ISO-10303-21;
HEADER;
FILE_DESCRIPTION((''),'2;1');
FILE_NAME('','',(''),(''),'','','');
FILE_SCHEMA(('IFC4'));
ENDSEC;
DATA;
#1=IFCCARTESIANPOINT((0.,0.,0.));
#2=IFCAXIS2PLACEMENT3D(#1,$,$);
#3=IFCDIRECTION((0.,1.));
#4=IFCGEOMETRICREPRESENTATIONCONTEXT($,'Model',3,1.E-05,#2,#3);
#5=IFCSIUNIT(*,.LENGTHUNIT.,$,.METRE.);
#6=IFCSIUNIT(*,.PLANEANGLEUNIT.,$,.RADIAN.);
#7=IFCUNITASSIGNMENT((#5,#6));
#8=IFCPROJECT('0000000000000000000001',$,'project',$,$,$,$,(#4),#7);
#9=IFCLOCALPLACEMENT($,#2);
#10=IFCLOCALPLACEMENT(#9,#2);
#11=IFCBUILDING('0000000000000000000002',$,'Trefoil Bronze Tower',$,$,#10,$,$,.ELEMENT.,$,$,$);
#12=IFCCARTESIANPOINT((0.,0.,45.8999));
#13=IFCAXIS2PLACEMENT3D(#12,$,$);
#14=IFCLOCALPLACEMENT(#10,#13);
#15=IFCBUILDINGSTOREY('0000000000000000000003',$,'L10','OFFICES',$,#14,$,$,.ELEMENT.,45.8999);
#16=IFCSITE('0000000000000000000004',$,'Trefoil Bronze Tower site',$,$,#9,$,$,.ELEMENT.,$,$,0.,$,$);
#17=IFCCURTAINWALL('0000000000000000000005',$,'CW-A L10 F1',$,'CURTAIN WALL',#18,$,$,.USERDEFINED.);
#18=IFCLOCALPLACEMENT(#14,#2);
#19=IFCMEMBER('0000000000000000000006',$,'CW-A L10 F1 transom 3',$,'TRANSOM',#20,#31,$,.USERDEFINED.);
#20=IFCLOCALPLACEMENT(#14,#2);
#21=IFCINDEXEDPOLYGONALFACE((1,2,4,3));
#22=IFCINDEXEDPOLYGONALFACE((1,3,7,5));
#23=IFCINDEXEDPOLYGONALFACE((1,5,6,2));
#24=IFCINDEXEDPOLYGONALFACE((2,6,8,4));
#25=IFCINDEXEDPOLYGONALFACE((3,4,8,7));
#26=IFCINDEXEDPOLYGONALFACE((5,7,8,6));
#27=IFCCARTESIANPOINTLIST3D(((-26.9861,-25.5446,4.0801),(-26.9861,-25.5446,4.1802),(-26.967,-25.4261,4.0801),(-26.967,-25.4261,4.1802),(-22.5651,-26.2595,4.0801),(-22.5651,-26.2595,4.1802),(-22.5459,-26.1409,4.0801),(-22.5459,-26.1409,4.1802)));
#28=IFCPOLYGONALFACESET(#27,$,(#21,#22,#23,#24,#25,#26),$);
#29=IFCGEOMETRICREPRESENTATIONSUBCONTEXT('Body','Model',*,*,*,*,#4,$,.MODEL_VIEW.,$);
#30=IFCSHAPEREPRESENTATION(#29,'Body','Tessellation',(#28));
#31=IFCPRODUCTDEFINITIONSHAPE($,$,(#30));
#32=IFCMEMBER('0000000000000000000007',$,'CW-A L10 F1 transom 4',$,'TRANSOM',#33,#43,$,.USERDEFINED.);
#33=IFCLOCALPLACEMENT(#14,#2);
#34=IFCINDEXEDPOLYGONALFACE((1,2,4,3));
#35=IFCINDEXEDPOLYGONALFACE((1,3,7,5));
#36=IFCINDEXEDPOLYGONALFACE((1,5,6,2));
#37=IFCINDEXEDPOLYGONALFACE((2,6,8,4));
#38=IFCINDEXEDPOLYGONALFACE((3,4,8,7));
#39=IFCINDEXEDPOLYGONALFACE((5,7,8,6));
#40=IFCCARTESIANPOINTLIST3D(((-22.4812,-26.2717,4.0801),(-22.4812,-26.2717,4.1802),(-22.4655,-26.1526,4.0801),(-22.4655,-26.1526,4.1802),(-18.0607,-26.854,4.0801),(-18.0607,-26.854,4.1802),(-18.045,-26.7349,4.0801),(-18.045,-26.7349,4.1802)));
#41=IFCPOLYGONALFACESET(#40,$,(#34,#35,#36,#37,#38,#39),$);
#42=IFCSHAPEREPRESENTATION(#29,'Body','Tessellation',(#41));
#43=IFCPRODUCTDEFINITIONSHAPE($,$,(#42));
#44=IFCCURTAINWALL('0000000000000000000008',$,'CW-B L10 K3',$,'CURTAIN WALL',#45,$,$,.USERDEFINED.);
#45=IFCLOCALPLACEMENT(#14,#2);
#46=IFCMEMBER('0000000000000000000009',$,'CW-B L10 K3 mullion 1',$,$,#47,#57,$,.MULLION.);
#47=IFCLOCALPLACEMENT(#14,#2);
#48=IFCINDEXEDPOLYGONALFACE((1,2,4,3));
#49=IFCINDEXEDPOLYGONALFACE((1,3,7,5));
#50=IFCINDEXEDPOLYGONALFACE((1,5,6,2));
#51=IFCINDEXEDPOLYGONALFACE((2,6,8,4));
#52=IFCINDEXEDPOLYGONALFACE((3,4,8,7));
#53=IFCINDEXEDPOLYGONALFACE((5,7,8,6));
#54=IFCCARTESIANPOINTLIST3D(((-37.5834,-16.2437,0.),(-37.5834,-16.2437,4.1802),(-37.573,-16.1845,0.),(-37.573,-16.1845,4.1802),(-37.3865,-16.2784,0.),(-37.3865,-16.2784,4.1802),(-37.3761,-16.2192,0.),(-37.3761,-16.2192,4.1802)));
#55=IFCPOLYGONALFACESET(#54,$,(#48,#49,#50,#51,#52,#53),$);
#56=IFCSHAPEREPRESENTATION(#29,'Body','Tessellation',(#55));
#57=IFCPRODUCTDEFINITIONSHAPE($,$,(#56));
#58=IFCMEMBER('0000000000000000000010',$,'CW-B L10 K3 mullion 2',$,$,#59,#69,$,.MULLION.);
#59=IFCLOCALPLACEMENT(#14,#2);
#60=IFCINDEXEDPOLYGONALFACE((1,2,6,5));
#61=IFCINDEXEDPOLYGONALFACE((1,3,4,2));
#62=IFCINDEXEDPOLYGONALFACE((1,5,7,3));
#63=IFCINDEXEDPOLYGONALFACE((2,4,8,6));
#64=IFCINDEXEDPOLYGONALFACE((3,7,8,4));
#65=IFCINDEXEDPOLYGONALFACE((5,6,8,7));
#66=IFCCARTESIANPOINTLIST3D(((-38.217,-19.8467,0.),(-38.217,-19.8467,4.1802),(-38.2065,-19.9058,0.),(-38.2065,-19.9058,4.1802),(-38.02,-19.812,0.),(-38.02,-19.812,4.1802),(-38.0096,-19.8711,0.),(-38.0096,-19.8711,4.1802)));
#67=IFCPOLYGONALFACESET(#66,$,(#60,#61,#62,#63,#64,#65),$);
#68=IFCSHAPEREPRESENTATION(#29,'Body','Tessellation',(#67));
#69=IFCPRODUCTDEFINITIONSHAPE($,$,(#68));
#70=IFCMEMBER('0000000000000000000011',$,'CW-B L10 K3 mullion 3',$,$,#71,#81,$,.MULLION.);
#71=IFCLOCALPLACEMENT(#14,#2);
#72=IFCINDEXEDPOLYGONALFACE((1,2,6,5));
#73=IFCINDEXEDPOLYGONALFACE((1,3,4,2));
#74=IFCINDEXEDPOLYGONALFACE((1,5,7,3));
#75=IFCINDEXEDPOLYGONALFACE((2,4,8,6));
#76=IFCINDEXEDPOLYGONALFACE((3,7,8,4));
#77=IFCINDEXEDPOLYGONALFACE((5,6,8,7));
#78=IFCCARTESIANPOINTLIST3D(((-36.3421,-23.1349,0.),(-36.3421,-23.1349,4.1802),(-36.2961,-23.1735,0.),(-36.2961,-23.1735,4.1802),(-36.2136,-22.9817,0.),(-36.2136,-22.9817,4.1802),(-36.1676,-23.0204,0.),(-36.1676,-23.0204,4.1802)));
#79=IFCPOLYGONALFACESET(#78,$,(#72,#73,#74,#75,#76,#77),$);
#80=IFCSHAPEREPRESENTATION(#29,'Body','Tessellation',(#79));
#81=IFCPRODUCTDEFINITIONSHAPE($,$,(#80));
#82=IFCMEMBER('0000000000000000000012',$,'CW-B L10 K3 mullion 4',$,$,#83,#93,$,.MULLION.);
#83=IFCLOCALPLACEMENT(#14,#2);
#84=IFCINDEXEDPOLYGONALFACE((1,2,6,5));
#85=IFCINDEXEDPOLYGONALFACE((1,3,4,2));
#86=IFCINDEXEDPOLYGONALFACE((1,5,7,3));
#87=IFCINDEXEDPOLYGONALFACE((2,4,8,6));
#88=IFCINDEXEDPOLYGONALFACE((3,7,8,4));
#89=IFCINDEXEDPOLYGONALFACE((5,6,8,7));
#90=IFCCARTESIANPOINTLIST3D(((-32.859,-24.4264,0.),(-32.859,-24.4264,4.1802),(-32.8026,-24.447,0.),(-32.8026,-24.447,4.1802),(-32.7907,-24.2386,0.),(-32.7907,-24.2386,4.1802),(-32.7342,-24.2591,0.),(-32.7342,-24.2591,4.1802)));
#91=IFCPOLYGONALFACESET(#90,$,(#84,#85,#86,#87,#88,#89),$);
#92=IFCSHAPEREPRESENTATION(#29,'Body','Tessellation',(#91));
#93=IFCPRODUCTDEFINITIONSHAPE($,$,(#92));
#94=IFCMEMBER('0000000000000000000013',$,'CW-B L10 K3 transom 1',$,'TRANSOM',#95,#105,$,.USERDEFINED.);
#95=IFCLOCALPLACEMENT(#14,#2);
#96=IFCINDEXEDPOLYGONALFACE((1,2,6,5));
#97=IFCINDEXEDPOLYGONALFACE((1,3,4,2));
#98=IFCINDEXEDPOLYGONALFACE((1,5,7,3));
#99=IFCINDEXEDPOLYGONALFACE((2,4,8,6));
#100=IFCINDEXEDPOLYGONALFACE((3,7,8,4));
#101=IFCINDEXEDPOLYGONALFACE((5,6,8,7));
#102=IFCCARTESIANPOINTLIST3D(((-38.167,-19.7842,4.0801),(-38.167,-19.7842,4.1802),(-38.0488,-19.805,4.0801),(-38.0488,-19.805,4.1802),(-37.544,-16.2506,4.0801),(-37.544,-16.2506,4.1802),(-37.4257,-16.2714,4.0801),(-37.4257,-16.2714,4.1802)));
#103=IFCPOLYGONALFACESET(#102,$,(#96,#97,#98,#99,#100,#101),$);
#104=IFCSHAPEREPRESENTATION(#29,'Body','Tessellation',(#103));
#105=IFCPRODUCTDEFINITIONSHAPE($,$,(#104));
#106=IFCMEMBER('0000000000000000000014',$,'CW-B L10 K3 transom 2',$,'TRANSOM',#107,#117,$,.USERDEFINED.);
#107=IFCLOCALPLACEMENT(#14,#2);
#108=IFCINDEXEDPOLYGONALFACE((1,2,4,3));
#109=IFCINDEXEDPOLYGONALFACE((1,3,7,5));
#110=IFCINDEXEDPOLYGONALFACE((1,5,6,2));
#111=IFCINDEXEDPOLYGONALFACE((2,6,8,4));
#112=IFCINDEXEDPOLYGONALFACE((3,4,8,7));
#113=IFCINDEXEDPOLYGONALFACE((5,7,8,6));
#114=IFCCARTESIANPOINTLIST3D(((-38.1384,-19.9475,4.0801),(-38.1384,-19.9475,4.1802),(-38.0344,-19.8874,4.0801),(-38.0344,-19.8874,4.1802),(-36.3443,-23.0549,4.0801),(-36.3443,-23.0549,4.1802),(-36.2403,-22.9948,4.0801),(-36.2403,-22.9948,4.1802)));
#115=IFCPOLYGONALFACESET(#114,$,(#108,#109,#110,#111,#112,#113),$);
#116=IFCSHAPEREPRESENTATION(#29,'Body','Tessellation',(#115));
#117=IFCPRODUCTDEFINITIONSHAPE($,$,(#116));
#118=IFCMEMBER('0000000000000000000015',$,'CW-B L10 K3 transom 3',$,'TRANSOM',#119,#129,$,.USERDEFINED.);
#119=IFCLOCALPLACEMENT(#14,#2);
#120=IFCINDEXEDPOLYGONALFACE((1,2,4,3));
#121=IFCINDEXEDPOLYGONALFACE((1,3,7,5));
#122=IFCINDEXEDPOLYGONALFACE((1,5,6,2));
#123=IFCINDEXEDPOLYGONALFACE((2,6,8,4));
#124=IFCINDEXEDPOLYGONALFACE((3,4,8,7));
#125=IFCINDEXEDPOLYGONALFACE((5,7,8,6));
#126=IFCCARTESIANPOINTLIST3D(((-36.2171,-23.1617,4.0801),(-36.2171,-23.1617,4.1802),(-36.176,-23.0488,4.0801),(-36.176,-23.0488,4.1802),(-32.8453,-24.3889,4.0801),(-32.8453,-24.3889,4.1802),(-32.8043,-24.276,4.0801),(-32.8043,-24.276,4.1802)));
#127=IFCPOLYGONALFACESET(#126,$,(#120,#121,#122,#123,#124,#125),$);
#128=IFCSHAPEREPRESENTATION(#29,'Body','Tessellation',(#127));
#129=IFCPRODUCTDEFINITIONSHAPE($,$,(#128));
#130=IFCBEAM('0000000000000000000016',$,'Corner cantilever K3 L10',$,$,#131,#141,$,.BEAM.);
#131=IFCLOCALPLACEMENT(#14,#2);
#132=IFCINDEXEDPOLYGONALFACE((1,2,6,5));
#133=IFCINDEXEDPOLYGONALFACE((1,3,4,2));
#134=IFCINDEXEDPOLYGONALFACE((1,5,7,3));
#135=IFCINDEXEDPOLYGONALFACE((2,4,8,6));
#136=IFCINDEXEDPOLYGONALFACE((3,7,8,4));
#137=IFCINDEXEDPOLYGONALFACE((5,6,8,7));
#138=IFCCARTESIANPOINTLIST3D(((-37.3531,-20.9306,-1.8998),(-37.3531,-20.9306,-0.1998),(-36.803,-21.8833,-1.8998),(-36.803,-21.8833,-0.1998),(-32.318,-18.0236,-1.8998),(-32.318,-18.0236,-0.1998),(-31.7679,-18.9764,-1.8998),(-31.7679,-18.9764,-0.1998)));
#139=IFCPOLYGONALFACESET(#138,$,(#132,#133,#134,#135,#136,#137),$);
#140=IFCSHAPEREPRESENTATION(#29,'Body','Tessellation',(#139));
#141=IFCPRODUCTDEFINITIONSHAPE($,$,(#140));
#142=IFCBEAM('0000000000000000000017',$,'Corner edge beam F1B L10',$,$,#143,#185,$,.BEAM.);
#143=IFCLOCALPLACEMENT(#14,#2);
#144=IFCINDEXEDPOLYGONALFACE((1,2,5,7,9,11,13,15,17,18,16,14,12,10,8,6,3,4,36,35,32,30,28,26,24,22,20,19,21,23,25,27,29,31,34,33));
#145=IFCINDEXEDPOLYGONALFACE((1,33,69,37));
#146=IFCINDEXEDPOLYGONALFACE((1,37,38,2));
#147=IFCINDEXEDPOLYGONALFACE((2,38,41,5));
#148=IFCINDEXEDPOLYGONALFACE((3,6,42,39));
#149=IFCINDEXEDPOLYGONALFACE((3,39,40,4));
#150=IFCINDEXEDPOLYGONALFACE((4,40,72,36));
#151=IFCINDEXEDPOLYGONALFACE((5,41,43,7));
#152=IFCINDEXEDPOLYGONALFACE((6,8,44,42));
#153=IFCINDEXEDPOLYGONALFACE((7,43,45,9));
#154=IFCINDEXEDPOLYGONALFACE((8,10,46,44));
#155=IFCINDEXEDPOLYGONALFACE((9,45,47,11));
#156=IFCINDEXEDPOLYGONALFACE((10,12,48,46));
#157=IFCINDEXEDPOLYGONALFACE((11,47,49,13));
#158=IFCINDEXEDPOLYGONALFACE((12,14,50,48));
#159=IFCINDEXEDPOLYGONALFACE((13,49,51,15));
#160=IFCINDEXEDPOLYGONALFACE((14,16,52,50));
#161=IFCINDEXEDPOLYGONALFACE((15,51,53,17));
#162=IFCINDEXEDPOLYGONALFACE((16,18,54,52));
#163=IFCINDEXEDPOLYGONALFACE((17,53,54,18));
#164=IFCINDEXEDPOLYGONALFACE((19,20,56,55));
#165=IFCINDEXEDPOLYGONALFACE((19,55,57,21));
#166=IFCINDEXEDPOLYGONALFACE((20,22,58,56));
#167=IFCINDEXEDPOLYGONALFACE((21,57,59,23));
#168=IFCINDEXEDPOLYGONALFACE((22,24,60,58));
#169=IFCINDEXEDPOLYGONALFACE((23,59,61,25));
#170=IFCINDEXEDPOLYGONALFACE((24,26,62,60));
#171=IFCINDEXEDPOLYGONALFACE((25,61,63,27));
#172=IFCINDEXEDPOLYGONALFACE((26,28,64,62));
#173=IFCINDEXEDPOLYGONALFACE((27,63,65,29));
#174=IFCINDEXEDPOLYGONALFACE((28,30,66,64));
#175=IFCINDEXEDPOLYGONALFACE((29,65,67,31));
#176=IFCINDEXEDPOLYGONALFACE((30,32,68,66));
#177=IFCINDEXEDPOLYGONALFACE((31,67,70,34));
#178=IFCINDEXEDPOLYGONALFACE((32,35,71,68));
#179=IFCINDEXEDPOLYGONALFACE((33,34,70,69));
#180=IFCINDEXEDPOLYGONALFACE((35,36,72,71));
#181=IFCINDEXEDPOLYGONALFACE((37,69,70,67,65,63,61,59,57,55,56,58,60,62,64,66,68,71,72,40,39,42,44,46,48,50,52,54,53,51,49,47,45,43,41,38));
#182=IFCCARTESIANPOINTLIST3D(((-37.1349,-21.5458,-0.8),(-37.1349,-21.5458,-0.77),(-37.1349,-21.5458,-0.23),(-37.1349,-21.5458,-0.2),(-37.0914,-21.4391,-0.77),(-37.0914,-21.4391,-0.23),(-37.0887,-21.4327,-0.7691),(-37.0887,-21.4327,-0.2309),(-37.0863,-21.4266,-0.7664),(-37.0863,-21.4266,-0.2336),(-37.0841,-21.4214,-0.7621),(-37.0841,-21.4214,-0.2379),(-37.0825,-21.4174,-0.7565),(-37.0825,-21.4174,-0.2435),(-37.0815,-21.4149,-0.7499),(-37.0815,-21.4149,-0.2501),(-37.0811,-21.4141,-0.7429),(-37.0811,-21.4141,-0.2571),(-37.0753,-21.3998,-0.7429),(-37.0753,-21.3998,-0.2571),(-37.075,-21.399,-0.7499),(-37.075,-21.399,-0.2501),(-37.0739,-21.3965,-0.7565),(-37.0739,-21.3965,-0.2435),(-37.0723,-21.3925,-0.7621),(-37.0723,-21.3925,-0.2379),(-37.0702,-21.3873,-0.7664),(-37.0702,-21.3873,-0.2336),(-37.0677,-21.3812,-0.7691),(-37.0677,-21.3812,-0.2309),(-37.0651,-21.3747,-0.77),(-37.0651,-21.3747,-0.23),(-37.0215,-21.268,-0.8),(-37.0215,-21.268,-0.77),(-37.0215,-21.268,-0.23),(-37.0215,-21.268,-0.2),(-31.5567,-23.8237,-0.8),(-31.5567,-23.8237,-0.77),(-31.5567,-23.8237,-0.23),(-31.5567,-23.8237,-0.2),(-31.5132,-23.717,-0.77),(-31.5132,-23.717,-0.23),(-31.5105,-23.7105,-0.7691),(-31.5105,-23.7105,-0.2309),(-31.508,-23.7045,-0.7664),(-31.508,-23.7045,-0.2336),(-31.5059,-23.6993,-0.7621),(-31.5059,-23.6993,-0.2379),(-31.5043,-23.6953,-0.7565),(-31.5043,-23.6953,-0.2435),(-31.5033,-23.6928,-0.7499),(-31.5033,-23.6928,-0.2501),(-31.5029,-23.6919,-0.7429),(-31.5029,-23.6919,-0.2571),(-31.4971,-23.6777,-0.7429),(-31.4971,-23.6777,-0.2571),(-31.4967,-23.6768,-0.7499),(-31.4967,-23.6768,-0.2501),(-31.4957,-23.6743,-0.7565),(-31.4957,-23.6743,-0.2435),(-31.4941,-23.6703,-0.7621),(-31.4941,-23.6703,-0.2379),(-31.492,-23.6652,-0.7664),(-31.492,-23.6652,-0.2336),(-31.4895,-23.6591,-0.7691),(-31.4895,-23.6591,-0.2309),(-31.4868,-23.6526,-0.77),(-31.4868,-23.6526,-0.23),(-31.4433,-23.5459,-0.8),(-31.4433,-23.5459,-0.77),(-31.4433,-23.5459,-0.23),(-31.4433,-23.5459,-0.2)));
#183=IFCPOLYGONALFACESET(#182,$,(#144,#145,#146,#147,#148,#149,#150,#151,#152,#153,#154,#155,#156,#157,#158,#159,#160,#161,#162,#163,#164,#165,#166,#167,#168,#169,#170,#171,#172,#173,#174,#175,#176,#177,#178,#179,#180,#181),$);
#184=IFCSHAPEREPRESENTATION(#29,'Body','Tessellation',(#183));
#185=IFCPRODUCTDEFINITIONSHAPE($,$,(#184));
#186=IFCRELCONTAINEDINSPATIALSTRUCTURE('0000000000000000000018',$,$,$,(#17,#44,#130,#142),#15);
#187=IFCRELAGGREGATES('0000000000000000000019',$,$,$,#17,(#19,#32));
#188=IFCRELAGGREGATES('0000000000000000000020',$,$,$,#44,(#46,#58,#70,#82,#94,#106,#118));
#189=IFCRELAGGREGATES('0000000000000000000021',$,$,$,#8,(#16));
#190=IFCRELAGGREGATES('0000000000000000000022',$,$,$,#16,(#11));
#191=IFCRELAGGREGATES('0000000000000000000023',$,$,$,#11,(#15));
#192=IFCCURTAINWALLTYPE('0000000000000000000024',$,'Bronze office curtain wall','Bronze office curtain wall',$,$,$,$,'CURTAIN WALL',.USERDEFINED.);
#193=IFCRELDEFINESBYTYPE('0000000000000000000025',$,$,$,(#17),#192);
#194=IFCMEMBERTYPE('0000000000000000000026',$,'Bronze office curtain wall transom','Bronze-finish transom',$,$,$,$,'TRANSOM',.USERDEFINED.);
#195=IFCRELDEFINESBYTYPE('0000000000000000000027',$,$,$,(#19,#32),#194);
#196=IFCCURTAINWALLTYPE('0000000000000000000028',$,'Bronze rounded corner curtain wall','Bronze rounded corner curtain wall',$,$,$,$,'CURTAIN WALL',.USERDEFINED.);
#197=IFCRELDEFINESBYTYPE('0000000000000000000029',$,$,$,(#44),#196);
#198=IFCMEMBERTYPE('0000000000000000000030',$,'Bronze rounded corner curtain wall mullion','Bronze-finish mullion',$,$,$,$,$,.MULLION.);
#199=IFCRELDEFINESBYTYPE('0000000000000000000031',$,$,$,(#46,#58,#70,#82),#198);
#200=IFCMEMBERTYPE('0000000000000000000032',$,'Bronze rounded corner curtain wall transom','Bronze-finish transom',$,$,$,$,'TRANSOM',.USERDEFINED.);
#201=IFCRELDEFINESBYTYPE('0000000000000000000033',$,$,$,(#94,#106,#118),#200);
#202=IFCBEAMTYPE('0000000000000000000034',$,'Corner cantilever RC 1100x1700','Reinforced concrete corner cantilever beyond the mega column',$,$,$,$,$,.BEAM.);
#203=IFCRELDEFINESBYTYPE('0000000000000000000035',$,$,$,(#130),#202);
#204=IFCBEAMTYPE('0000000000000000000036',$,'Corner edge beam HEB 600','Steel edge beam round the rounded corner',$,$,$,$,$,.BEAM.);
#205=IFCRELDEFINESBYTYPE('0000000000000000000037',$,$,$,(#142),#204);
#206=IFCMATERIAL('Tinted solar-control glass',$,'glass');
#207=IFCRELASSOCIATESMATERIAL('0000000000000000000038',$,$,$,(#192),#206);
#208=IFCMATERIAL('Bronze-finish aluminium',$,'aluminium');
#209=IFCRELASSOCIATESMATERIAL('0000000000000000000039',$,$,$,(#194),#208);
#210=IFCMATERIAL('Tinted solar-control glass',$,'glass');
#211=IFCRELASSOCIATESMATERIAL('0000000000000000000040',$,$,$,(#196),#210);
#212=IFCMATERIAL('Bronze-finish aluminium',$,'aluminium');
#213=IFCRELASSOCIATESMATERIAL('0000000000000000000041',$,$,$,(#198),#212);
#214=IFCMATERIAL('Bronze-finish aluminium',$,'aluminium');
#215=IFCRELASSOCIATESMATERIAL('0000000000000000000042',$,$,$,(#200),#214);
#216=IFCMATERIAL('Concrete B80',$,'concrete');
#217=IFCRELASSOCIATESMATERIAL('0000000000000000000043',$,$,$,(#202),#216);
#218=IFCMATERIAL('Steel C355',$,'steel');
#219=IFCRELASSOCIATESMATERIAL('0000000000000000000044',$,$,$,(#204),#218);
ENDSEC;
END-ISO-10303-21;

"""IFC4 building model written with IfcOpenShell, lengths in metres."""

from ifc_helpers import new_model, si_unit, direction, frame, origin, origin_2d, place, context, subcontext, project, spatial, rectangle, i_section, extrude, material, material_profile, profile_set, type_object, element, aggregate, save


model = new_model("IFC4")

# Units and contexts
model_context = context("Model", 3, precision=1e-05, world=origin(), true_north=direction((0.0, 1.0)))
body_context = subcontext(model_context, "Body", "Model", "MODEL_VIEW")
ifc_project = project(units=[si_unit("LENGTHUNIT", "METRE"), si_unit("PLANEANGLEUNIT", "RADIAN")], contexts=[model_context])

# Site, building, storey
site_placement = place(None, origin())
site = spatial("IfcSite", under=ifc_project, at=site_placement, Name="Trefoil Bronze Tower site", CompositionType="ELEMENT", RefElevation=0.0)
building_placement = place(site_placement, origin())
building = spatial("IfcBuilding", under=site, at=building_placement, Name="Trefoil Bronze Tower", CompositionType="ELEMENT")
storey_placement = place(building_placement, frame((0.0, 0.0, 45.8999)))
storey = spatial("IfcBuildingStorey", under=building, at=storey_placement, Name="L10", Description="OFFICES", CompositionType="ELEMENT", Elevation=45.8999)

# Curtain walls, members
ifc_material_1 = material(Name="Tinted solar-control glass", Category="glass")
curtain_wall_type_1 = type_object("IfcCurtainWallType", Name="Bronze office curtain wall", Description="Bronze office curtain wall", ElementType="CURTAIN WALL", PredefinedType="USERDEFINED", material=ifc_material_1)
curtain_wall_1_placement = place(storey_placement, origin())
curtain_wall_1 = element("IfcCurtainWall", 1, at=curtain_wall_1_placement, inside=storey, type_object=curtain_wall_type_1, Name="CW-A L10 F1", ObjectType="CURTAIN WALL", PredefinedType="USERDEFINED")
ifc_material_2 = material(Name="Bronze-finish aluminium", Category="aluminium")
ifc_material_profile_1 = material_profile(ifc_material_2, rectangle(XDim=0.1201, YDim=0.1001, at=origin_2d()), Name="CW-A transom")
ifc_profile_set_1 = profile_set([ifc_material_profile_1], Name="Bronze-finish aluminium")
member_type_1 = type_object("IfcMemberType", Name="Bronze office curtain wall transom", Description="Bronze-finish transom", ElementType="TRANSOM", PredefinedType="USERDEFINED", material=ifc_profile_set_1)
member_1_placement = place(storey_placement, frame((-26.9766, -25.4854, 4.1301), z_axis=(0.987179, -0.159615, 0.0), x_axis=(0.159615, 0.987179, 0.0)))
member_1 = element("IfcMember", 2, at=member_1_placement, type_object=member_type_1, Name="CW-A L10 F1 transom 3", ObjectType="TRANSOM", PredefinedType="USERDEFINED", context=body_context, shape_type="SweptSolid", body=[
    extrude(rectangle(XDim=0.1201, YDim=0.1001, at=origin_2d()), origin(), (0.0, 0.0, 1.0), 4.4785),
])
member_2_placement = place(storey_placement, frame((-22.4734, -26.2122, 4.1301), z_axis=(0.991437, -0.130589, 0.0), x_axis=(0.130589, 0.991437, 0.0)))
member_2 = element("IfcMember", 3, at=member_2_placement, type_object=member_type_1, Name="CW-A L10 F1 transom 4", ObjectType="TRANSOM", PredefinedType="USERDEFINED", context=body_context, shape_type="SweptSolid", body=[
    extrude(rectangle(XDim=0.1201, YDim=0.1001, at=origin_2d()), origin(), (0.0, 0.0, 1.0), 4.4587),
])
ifc_material_3 = material(Name="Tinted solar-control glass", Category="glass")
curtain_wall_type_2 = type_object("IfcCurtainWallType", Name="Bronze rounded corner curtain wall", Description="Bronze rounded corner curtain wall", ElementType="CURTAIN WALL", PredefinedType="USERDEFINED", material=ifc_material_3)
curtain_wall_2_placement = place(storey_placement, origin())
curtain_wall_2 = element("IfcCurtainWall", 4, at=curtain_wall_2_placement, inside=storey, type_object=curtain_wall_type_2, Name="CW-B L10 K3", ObjectType="CURTAIN WALL", PredefinedType="USERDEFINED")
ifc_material_4 = material(Name="Bronze-finish aluminium", Category="aluminium")
ifc_material_profile_2 = material_profile(ifc_material_4, rectangle(XDim=0.2, YDim=0.0601, at=origin_2d()), Name="CW-B mullion")
ifc_profile_set_2 = profile_set([ifc_material_profile_2], Name="Bronze-finish aluminium")
member_type_2 = type_object("IfcMemberType", Name="Bronze rounded corner curtain wall mullion", Description="Bronze-finish mullion", PredefinedType="MULLION", material=ifc_profile_set_2)
member_3_placement = place(storey_placement, frame((-37.4797, -16.2314, 0.0), z_axis=(0.0, 0.0, 1.0), x_axis=(0.984808, -0.173648, 0.0)))
member_3 = element("IfcMember", 5, at=member_3_placement, type_object=member_type_2, Name="CW-B L10 K3 mullion 1", PredefinedType="MULLION", context=body_context, shape_type="SweptSolid", body=[
    extrude(rectangle(XDim=0.2, YDim=0.0601, at=origin_2d()), origin(), (0.0, 0.0, 1.0), 4.1802),
])
member_4_placement = place(storey_placement, frame((-38.1133, -19.8589, 0.0), z_axis=(0.0, 0.0, 1.0), x_axis=(0.984808, 0.173648, 0.0)))
member_4 = element("IfcMember", 6, at=member_4_placement, type_object=member_type_2, Name="CW-B L10 K3 mullion 2", PredefinedType="MULLION", context=body_context, shape_type="SweptSolid", body=[
    extrude(rectangle(XDim=0.2, YDim=0.0601, at=origin_2d()), origin(), (0.0, 0.0, 1.0), 4.1802),
])
member_5_placement = place(storey_placement, frame((-36.2549, -23.0776, 0.0), z_axis=(0.0, 0.0, 1.0), x_axis=(0.642788, 0.766044, 0.0)))
member_5 = element("IfcMember", 7, at=member_5_placement, type_object=member_type_2, Name="CW-B L10 K3 mullion 3", PredefinedType="MULLION", context=body_context, shape_type="SweptSolid", body=[
    extrude(rectangle(XDim=0.2, YDim=0.0601, at=origin_2d()), origin(), (0.0, 0.0, 1.0), 4.1802),
])
member_6_placement = place(storey_placement, frame((-32.7966, -24.3428, 0.0), z_axis=(0.0, 0.0, 1.0), x_axis=(0.34202, 0.939693, 0.0)))
member_6 = element("IfcMember", 8, at=member_6_placement, type_object=member_type_2, Name="CW-B L10 K3 mullion 4", PredefinedType="MULLION", context=body_context, shape_type="SweptSolid", body=[
    extrude(rectangle(XDim=0.2, YDim=0.0601, at=origin_2d()), origin(), (0.0, 0.0, 1.0), 4.1802),
])
ifc_material_5 = material(Name="Bronze-finish aluminium", Category="aluminium")
ifc_material_profile_3 = material_profile(ifc_material_5, rectangle(XDim=0.1201, YDim=0.1001, at=origin_2d()), Name="CW-B transom")
ifc_profile_set_3 = profile_set([ifc_material_profile_3], Name="Bronze-finish aluminium")
member_type_3 = type_object("IfcMemberType", Name="Bronze rounded corner curtain wall transom", Description="Bronze-finish transom", ElementType="TRANSOM", PredefinedType="USERDEFINED", material=ifc_profile_set_3)
member_7_placement = place(storey_placement, frame((-37.4849, -16.261, 4.1301), z_axis=(-0.173638, -0.98481, 0.0), x_axis=(0.98481, -0.173638, 0.0)))
member_7 = element("IfcMember", 9, at=member_7_placement, type_object=member_type_3, Name="CW-B L10 K3 transom 1", ObjectType="TRANSOM", PredefinedType="USERDEFINED", context=body_context, shape_type="SweptSolid", body=[
    extrude(rectangle(XDim=0.1201, YDim=0.1001, at=origin_2d()), origin(), (0.0, 0.0, 1.0), 3.5881),
])
member_8_placement = place(storey_placement, frame((-38.0864, -19.9175, 4.1301), z_axis=(0.500025, -0.866011, 0.0), x_axis=(0.866011, 0.500025, 0.0)))
member_8 = element("IfcMember", 10, at=member_8_placement, type_object=member_type_3, Name="CW-B L10 K3 transom 2", ObjectType="TRANSOM", PredefinedType="USERDEFINED", context=body_context, shape_type="SweptSolid", body=[
    extrude(rectangle(XDim=0.1201, YDim=0.1001, at=origin_2d()), origin(), (0.0, 0.0, 1.0), 3.5881),
])
member_9_placement = place(storey_placement, frame((-36.1965, -23.1052, 4.1301), z_axis=(0.939688, -0.342033, 0.0), x_axis=(0.342033, 0.939688, 0.0)))
member_9 = element("IfcMember", 11, at=member_9_placement, type_object=member_type_3, Name="CW-B L10 K3 transom 3", ObjectType="TRANSOM", PredefinedType="USERDEFINED", context=body_context, shape_type="SweptSolid", body=[
    extrude(rectangle(XDim=0.1201, YDim=0.1001, at=origin_2d()), origin(), (0.0, 0.0, 1.0), 3.5881),
])

# Beams
ifc_material_6 = material(Name="Concrete B80", Category="concrete")
ifc_material_profile_4 = material_profile(ifc_material_6, rectangle(XDim=1.1001, YDim=1.7, at=origin_2d()), Name="RC 1100x1700")
ifc_profile_set_4 = profile_set([ifc_material_profile_4], Name="Concrete B80")
beam_type_1 = type_object("IfcBeamType", Name="Corner cantilever RC 1100x1700", Description="Reinforced concrete corner cantilever beyond the mega column", PredefinedType="BEAM", material=ifc_profile_set_4)
beam_1_placement = place(storey_placement, frame((-32.043, -18.5, -1.0498), z_axis=(-0.86603, -0.499991, 0.0), x_axis=(0.499991, -0.86603, 0.0)))
element("IfcBeam", 12, at=beam_1_placement, inside=storey, type_object=beam_type_1, Name="Corner cantilever K3 L10", PredefinedType="BEAM", context=body_context, shape_type="SweptSolid", body=[
    extrude(rectangle(XDim=1.1001, YDim=1.7, at=origin_2d()), origin(), (0.0, 0.0, 1.0), 5.814),
])
ifc_material_7 = material(Name="Steel C355", Category="steel")
ifc_material_profile_5 = material_profile(ifc_material_7, i_section(OverallWidth=0.3, OverallDepth=0.6001, WebThickness=0.0154, FlangeThickness=0.03, FilletRadius=0.0271, at=origin_2d()), Name="HEB 600")
ifc_profile_set_5 = profile_set([ifc_material_profile_5], Name="Steel C355")
beam_type_2 = type_object("IfcBeamType", Name="Corner edge beam HEB 600", Description="Steel edge beam round the rounded corner", PredefinedType="BEAM", material=ifc_profile_set_5)
beam_2_placement = place(storey_placement, frame((-31.5, -23.6848, -0.5), z_axis=(-0.925787, 0.378046, 0.0), x_axis=(-0.378046, -0.925787, 0.0)))
element("IfcBeam", 13, at=beam_2_placement, inside=storey, type_object=beam_type_2, Name="Corner edge beam F1B L10", PredefinedType="BEAM", context=body_context, shape_type="SweptSolid", body=[
    extrude(i_section(OverallWidth=0.3, OverallDepth=0.6001, WebThickness=0.0154, FlangeThickness=0.03, FilletRadius=0.0271, at=origin_2d()), origin(), (0.0, 0.0, 1.0), 6.0254),
])

aggregate(curtain_wall_1, [member_1, member_2])
aggregate(curtain_wall_2, [member_3, member_4, member_5, member_6, member_7, member_8, member_9])

save(model, "model.ifc")
